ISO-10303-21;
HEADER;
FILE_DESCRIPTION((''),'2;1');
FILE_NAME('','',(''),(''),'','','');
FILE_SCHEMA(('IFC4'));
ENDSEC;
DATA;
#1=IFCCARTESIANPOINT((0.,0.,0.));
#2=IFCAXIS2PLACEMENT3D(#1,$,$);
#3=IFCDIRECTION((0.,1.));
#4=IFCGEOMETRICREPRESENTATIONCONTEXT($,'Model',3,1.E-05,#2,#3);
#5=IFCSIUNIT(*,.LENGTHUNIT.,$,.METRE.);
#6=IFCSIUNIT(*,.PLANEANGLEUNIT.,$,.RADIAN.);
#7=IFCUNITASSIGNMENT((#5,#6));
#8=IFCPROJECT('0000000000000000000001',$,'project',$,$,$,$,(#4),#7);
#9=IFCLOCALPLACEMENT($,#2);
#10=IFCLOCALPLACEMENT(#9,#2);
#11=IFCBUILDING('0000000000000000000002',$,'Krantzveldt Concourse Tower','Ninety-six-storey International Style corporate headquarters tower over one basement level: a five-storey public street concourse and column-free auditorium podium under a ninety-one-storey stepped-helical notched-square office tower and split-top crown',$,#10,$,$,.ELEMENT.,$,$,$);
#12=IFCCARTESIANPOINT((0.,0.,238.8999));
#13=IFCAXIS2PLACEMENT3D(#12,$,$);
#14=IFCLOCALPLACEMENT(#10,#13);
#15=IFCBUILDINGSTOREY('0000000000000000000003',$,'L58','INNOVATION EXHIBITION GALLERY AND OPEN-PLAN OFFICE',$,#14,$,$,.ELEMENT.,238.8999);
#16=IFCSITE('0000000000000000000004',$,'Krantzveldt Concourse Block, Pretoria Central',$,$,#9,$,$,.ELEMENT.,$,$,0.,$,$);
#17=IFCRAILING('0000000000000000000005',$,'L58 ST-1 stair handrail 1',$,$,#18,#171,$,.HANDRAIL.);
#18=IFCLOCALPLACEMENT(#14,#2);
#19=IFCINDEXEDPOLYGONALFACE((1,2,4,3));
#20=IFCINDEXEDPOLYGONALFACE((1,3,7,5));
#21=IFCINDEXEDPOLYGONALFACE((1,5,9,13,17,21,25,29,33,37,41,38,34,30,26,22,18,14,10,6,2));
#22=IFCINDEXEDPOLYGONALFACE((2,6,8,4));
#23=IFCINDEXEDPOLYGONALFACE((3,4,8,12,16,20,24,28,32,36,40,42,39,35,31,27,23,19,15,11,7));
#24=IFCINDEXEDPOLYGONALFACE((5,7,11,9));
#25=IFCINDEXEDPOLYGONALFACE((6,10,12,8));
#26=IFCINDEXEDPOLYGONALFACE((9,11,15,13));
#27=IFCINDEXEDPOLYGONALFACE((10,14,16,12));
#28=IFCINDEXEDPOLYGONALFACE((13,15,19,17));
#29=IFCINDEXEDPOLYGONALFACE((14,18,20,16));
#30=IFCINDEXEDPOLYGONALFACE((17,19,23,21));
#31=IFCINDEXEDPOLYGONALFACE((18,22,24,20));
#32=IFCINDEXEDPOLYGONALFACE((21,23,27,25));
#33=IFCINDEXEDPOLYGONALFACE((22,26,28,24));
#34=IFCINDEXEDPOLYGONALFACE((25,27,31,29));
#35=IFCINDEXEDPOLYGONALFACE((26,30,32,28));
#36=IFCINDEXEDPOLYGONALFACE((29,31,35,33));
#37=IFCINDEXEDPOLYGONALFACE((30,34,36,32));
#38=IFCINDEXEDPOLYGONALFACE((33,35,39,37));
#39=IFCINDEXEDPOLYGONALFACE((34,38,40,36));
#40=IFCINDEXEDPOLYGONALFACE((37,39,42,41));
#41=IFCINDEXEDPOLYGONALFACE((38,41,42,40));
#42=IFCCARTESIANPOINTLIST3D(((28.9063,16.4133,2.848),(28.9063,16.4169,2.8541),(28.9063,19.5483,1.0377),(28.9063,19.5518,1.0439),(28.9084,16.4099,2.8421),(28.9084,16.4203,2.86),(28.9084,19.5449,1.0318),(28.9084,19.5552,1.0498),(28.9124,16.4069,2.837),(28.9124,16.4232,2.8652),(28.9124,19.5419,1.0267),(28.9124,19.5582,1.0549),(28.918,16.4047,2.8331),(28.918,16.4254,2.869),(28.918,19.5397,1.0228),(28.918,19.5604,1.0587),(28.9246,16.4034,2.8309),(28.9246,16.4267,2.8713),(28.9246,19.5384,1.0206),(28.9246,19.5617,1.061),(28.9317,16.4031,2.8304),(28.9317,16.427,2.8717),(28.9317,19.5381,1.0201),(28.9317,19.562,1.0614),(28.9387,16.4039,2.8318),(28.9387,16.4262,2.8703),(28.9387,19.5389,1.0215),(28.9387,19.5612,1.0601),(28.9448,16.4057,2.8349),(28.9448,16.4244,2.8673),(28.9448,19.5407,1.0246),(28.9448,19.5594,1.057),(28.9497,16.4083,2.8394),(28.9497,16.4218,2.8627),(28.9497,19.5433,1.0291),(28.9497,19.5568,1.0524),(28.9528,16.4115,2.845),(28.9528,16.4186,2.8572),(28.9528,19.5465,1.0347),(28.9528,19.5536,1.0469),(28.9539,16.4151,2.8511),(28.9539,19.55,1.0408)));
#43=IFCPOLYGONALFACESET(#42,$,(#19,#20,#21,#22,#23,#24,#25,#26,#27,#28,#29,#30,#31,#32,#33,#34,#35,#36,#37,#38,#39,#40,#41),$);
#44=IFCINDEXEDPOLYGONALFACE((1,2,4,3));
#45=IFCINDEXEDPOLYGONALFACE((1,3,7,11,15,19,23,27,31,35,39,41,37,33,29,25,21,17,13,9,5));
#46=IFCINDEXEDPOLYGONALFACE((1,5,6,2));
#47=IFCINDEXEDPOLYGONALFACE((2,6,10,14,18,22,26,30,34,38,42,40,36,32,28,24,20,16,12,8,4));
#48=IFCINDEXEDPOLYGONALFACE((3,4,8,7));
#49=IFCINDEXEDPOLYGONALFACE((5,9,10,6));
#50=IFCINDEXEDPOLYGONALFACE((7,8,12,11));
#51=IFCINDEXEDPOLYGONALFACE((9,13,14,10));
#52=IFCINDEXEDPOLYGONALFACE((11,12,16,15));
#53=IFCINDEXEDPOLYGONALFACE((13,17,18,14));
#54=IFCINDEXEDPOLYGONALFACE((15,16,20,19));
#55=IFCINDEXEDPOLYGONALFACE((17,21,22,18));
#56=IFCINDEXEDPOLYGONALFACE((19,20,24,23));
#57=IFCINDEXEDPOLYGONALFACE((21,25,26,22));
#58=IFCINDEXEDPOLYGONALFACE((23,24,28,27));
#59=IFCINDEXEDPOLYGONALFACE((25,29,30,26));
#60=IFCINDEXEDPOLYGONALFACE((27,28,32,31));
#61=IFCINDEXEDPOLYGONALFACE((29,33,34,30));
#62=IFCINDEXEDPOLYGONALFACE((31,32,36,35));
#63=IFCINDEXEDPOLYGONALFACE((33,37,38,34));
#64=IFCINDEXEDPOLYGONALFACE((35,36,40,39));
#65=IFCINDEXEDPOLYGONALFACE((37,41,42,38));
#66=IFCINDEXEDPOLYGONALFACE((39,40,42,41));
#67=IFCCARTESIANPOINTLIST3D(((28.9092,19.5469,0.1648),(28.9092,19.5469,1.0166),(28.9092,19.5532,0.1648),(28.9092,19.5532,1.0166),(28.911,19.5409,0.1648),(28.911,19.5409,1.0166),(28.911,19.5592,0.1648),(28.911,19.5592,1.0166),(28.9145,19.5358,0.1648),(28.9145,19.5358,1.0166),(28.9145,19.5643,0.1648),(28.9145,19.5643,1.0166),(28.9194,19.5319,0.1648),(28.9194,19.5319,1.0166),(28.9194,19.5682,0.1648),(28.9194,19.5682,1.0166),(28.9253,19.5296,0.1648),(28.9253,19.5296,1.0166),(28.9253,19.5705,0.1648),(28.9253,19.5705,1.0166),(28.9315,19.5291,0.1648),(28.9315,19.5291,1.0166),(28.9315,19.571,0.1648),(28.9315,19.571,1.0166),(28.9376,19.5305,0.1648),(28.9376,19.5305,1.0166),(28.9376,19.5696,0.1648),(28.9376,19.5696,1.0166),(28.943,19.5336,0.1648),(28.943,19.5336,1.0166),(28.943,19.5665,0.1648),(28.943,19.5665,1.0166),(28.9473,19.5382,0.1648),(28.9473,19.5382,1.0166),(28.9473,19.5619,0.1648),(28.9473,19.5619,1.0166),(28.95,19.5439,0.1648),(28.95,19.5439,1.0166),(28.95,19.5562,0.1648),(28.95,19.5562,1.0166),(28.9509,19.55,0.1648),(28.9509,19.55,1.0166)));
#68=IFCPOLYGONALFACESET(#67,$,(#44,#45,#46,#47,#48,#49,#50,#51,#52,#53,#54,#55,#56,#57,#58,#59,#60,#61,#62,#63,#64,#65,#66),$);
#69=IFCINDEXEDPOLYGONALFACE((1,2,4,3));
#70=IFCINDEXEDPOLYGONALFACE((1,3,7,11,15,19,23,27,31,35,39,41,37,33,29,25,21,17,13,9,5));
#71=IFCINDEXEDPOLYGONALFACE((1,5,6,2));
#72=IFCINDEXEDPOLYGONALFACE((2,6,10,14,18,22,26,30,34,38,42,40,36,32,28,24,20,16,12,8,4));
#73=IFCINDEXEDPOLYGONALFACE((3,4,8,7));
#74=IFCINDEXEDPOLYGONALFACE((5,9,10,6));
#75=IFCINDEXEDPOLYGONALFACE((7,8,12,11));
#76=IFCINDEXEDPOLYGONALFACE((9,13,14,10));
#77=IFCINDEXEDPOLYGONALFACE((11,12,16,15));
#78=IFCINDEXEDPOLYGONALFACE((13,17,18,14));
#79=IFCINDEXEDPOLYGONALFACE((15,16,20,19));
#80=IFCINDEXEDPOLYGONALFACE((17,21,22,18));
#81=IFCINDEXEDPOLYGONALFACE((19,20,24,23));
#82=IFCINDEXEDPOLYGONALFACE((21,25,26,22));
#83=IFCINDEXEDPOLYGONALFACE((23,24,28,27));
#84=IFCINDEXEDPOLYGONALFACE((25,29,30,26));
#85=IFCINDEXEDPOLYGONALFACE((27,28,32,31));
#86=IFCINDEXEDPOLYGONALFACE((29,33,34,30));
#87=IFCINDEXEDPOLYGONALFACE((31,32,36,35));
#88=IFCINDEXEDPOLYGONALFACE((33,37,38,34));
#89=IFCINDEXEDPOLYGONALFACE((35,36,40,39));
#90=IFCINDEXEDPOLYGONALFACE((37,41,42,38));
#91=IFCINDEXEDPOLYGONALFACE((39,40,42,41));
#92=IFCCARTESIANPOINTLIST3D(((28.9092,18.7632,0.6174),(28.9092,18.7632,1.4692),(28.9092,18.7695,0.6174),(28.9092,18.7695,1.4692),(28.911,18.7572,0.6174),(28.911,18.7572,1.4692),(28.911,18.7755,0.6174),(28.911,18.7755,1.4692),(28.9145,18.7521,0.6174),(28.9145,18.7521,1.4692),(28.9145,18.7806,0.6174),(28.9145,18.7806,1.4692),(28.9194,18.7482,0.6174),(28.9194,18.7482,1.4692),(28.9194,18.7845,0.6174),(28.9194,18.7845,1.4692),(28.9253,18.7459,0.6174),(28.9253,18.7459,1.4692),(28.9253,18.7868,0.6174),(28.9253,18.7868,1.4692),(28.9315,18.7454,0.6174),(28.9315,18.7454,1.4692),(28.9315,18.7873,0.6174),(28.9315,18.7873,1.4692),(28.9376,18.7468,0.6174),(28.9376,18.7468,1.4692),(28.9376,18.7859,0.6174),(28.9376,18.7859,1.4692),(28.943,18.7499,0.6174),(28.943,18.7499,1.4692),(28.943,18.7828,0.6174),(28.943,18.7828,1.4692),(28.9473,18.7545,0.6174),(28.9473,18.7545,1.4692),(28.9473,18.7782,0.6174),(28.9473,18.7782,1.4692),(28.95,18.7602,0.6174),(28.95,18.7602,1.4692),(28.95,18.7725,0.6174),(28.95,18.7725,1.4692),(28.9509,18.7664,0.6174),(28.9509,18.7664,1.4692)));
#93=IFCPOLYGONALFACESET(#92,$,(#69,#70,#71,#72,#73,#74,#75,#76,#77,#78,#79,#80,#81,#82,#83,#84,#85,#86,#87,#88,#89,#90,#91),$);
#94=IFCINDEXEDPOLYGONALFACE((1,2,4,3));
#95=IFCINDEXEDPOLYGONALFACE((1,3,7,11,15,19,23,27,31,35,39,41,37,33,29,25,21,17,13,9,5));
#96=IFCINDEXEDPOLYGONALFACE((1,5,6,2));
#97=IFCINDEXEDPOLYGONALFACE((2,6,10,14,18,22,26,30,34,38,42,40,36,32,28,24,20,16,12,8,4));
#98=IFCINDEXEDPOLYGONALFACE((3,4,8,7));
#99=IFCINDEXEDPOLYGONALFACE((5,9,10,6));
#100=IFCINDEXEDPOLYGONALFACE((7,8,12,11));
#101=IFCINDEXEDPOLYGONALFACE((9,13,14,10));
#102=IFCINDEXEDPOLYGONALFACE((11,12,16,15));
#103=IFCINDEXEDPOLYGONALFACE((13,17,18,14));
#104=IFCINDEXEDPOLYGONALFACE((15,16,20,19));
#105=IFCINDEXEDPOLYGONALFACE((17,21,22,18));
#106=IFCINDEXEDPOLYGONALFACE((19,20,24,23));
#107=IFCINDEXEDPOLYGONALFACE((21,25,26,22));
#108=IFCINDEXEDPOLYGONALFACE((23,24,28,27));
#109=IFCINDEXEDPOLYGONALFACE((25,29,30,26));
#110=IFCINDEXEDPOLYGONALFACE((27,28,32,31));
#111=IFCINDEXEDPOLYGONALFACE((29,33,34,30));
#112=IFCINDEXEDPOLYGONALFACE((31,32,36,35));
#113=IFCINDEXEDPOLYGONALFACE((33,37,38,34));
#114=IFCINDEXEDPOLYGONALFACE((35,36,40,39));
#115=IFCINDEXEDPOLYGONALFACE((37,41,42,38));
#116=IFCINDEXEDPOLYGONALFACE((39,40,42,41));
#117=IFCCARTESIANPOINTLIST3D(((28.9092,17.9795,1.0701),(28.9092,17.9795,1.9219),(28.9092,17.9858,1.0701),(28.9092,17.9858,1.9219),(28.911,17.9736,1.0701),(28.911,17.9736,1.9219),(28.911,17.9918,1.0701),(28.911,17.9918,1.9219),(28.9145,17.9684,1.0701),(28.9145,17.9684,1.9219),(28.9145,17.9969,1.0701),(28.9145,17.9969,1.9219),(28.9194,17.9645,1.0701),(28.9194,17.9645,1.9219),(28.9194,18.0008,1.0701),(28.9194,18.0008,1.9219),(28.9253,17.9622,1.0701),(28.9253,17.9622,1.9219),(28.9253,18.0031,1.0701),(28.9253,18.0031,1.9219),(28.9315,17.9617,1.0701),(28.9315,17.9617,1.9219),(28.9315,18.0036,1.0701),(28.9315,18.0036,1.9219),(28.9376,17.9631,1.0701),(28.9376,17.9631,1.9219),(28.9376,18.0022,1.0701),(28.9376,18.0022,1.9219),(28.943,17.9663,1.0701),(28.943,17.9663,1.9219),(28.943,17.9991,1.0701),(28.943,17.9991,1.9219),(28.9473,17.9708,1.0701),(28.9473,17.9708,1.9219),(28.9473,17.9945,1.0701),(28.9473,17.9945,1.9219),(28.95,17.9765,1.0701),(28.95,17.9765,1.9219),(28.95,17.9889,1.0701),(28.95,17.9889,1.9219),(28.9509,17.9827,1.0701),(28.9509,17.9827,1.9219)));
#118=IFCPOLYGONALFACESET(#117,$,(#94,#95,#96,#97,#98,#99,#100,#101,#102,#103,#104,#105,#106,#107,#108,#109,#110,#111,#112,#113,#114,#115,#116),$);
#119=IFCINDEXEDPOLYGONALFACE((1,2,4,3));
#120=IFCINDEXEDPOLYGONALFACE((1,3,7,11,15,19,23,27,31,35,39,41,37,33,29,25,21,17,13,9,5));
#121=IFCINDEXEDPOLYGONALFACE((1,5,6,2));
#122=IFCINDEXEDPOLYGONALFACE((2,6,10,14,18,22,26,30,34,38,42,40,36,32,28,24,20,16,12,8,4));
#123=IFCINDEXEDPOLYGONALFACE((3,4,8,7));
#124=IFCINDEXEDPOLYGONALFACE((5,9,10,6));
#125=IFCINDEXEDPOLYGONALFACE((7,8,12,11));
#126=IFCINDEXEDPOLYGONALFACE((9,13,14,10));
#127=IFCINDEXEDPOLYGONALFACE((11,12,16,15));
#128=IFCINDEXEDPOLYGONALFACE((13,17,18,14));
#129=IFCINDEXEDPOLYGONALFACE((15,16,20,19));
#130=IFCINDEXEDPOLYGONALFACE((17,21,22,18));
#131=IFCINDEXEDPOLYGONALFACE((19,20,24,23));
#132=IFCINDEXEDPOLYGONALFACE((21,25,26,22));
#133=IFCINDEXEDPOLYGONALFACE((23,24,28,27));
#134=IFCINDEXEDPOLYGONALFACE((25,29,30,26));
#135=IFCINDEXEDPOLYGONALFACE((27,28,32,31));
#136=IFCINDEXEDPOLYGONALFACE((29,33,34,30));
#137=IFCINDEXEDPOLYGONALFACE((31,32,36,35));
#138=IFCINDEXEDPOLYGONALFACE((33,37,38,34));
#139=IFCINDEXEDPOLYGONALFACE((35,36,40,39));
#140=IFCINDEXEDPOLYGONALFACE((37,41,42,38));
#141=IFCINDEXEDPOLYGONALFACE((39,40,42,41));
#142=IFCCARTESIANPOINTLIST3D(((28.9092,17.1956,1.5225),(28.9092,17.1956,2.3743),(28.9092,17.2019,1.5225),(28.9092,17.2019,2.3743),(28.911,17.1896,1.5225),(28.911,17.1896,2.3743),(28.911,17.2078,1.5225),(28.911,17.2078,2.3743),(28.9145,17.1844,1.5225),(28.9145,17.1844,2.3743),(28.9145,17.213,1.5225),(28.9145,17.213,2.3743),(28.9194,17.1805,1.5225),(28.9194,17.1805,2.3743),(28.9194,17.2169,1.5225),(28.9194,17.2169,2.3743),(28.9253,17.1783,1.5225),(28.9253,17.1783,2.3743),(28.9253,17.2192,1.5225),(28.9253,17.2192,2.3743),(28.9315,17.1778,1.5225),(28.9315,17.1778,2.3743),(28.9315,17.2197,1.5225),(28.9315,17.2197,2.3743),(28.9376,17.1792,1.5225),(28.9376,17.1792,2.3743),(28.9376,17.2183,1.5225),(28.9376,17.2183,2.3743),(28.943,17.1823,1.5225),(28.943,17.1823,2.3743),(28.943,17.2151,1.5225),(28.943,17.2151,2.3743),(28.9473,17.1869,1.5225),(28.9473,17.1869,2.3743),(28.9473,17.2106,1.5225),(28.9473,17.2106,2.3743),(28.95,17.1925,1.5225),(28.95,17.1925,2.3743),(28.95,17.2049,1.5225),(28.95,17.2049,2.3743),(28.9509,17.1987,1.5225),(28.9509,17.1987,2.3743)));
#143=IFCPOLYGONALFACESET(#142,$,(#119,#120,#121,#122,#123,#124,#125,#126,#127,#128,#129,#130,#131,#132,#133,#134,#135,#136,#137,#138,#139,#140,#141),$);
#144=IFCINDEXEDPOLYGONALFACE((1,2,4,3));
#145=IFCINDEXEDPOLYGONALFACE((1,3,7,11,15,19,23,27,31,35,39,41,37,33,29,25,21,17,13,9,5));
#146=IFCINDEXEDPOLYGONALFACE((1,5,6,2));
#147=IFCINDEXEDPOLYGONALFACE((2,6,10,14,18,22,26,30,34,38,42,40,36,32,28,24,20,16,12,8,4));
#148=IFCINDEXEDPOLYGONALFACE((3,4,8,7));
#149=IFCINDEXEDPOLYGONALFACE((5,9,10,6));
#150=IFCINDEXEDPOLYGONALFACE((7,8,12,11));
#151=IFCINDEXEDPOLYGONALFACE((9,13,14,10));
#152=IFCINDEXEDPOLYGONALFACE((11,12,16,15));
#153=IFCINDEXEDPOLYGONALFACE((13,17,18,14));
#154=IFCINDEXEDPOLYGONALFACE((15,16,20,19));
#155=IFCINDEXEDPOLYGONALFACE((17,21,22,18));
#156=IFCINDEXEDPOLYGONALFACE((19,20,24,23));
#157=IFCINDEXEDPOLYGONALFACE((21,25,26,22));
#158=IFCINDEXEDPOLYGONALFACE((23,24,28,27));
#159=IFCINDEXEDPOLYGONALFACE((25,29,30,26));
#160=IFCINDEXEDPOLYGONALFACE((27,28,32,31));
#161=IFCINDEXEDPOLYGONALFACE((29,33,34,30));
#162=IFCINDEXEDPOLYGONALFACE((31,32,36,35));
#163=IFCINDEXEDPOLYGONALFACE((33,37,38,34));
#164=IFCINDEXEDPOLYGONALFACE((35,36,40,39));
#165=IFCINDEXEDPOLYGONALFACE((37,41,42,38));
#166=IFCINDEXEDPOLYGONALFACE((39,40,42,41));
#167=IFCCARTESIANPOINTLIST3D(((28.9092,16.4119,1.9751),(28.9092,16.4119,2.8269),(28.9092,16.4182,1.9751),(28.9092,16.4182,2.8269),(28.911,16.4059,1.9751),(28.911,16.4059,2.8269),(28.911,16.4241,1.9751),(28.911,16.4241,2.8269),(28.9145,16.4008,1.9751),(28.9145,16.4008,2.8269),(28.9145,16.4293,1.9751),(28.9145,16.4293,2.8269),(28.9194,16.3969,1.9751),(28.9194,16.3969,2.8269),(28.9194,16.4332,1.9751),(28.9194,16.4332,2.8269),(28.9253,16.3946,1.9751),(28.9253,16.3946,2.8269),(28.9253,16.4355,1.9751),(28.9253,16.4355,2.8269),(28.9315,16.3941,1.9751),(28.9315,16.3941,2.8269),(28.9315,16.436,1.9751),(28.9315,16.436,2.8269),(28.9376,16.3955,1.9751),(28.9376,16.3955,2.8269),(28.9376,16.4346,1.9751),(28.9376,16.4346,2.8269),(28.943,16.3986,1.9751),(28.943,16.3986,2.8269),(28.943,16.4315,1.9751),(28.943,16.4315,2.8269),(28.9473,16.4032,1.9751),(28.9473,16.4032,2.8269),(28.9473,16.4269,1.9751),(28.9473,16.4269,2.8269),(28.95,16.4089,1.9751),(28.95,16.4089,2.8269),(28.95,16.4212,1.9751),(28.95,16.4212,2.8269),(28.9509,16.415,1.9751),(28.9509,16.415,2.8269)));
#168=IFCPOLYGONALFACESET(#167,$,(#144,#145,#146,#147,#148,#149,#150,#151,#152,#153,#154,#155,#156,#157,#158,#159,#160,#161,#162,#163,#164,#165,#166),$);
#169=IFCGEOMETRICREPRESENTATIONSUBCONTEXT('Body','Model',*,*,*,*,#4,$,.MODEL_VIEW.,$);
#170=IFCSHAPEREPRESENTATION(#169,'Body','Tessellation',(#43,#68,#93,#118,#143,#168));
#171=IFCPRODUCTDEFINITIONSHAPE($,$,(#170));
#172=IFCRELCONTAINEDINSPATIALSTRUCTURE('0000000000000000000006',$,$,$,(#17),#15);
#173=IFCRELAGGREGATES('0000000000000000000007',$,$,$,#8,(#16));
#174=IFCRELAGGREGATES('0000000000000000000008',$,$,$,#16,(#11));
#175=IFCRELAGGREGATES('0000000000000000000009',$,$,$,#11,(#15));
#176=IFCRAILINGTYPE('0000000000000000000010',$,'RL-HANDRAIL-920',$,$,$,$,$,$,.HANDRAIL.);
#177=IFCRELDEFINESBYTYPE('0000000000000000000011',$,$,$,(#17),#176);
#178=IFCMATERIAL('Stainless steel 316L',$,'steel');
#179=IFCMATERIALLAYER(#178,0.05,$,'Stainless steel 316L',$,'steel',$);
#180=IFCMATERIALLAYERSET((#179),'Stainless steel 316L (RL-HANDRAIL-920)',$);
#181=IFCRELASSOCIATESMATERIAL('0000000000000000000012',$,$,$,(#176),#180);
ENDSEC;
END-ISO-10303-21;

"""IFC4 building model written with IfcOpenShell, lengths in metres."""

from ifc_helpers import new_model, si_unit, direction, frame, origin, origin_2d, place, context, subcontext, project, spatial, circle, extrude, material, layer, layer_set, type_object, element, save


model = new_model("IFC4")

# Units and contexts
model_context = context("Model", 3, precision=1e-05, world=origin(), true_north=direction((0.0, 1.0)))
body_context = subcontext(model_context, "Body", "Model", "MODEL_VIEW")
ifc_project = project(units=[si_unit("LENGTHUNIT", "METRE"), si_unit("PLANEANGLEUNIT", "RADIAN")], contexts=[model_context])

# Site, building, storey
site_placement = place(None, origin())
site = spatial("IfcSite", under=ifc_project, at=site_placement, Name="Krantzveldt Concourse Block, Pretoria Central", CompositionType="ELEMENT", RefElevation=0.0)
building_placement = place(site_placement, origin())
building = spatial("IfcBuilding", under=site, at=building_placement, Name="Krantzveldt Concourse Tower", Description="Ninety-six-storey International Style corporate headquarters tower over one basement level: a five-storey public street concourse and column-free auditorium podium under a ninety-one-storey stepped-helical notched-square office tower and split-top crown", CompositionType="ELEMENT")
storey_placement = place(building_placement, frame((0.0, 0.0, 238.8999)))
storey = spatial("IfcBuildingStorey", under=building, at=storey_placement, Name="L58", Description="INNOVATION EXHIBITION GALLERY AND OPEN-PLAN OFFICE", CompositionType="ELEMENT", Elevation=238.8999)

# Shared definitions
ifc_material_1 = material(Name="Stainless steel 316L", Category="steel")

# Railing
ifc_layer_1 = layer(ifc_material_1, 0.05, Name="Stainless steel 316L", Category="steel")
ifc_layer_set_1 = layer_set([ifc_layer_1], Name="Stainless steel 316L (RL-HANDRAIL-920)")
railing_type_1 = type_object("IfcRailingType", Name="RL-HANDRAIL-920", PredefinedType="HANDRAIL", material=ifc_layer_set_1)
railing_1_placement = place(storey_placement, frame((28.9299, 19.55, 0.1648)))
element("IfcRailing", 1, at=railing_1_placement, inside=storey, type_object=railing_type_1, Name="L58 ST-1 stair handrail 1", PredefinedType="HANDRAIL", context=body_context, shape_type="SweptSolid", body=[
    extrude(circle(Radius=0.0239, at=origin_2d()), frame((0.0, 0.0, 0.876), z_axis=(0.0, -0.865989, 0.500063), x_axis=(1.0, 0.0, 0.0)), (0.0, 0.0, 1.0), 3.6201),
    extrude(circle(Radius=0.021, at=origin_2d()), origin(), (0.0, 0.0, 1.0), 0.8518),
    extrude(circle(Radius=0.021, at=origin_2d()), frame((0.0, -0.7837, 0.4526)), (0.0, 0.0, 1.0), 0.8518),
    extrude(circle(Radius=0.021, at=origin_2d()), frame((0.0, -1.5674, 0.9053)), (0.0, 0.0, 1.0), 0.8518),
    extrude(circle(Radius=0.021, at=origin_2d()), frame((0.0, -2.3513, 1.3577)), (0.0, 0.0, 1.0), 0.8518),
    extrude(circle(Radius=0.021, at=origin_2d()), frame((0.0, -3.135, 1.8103)), (0.0, 0.0, 1.0), 0.8518),
])

save(model, "model.ifc")
